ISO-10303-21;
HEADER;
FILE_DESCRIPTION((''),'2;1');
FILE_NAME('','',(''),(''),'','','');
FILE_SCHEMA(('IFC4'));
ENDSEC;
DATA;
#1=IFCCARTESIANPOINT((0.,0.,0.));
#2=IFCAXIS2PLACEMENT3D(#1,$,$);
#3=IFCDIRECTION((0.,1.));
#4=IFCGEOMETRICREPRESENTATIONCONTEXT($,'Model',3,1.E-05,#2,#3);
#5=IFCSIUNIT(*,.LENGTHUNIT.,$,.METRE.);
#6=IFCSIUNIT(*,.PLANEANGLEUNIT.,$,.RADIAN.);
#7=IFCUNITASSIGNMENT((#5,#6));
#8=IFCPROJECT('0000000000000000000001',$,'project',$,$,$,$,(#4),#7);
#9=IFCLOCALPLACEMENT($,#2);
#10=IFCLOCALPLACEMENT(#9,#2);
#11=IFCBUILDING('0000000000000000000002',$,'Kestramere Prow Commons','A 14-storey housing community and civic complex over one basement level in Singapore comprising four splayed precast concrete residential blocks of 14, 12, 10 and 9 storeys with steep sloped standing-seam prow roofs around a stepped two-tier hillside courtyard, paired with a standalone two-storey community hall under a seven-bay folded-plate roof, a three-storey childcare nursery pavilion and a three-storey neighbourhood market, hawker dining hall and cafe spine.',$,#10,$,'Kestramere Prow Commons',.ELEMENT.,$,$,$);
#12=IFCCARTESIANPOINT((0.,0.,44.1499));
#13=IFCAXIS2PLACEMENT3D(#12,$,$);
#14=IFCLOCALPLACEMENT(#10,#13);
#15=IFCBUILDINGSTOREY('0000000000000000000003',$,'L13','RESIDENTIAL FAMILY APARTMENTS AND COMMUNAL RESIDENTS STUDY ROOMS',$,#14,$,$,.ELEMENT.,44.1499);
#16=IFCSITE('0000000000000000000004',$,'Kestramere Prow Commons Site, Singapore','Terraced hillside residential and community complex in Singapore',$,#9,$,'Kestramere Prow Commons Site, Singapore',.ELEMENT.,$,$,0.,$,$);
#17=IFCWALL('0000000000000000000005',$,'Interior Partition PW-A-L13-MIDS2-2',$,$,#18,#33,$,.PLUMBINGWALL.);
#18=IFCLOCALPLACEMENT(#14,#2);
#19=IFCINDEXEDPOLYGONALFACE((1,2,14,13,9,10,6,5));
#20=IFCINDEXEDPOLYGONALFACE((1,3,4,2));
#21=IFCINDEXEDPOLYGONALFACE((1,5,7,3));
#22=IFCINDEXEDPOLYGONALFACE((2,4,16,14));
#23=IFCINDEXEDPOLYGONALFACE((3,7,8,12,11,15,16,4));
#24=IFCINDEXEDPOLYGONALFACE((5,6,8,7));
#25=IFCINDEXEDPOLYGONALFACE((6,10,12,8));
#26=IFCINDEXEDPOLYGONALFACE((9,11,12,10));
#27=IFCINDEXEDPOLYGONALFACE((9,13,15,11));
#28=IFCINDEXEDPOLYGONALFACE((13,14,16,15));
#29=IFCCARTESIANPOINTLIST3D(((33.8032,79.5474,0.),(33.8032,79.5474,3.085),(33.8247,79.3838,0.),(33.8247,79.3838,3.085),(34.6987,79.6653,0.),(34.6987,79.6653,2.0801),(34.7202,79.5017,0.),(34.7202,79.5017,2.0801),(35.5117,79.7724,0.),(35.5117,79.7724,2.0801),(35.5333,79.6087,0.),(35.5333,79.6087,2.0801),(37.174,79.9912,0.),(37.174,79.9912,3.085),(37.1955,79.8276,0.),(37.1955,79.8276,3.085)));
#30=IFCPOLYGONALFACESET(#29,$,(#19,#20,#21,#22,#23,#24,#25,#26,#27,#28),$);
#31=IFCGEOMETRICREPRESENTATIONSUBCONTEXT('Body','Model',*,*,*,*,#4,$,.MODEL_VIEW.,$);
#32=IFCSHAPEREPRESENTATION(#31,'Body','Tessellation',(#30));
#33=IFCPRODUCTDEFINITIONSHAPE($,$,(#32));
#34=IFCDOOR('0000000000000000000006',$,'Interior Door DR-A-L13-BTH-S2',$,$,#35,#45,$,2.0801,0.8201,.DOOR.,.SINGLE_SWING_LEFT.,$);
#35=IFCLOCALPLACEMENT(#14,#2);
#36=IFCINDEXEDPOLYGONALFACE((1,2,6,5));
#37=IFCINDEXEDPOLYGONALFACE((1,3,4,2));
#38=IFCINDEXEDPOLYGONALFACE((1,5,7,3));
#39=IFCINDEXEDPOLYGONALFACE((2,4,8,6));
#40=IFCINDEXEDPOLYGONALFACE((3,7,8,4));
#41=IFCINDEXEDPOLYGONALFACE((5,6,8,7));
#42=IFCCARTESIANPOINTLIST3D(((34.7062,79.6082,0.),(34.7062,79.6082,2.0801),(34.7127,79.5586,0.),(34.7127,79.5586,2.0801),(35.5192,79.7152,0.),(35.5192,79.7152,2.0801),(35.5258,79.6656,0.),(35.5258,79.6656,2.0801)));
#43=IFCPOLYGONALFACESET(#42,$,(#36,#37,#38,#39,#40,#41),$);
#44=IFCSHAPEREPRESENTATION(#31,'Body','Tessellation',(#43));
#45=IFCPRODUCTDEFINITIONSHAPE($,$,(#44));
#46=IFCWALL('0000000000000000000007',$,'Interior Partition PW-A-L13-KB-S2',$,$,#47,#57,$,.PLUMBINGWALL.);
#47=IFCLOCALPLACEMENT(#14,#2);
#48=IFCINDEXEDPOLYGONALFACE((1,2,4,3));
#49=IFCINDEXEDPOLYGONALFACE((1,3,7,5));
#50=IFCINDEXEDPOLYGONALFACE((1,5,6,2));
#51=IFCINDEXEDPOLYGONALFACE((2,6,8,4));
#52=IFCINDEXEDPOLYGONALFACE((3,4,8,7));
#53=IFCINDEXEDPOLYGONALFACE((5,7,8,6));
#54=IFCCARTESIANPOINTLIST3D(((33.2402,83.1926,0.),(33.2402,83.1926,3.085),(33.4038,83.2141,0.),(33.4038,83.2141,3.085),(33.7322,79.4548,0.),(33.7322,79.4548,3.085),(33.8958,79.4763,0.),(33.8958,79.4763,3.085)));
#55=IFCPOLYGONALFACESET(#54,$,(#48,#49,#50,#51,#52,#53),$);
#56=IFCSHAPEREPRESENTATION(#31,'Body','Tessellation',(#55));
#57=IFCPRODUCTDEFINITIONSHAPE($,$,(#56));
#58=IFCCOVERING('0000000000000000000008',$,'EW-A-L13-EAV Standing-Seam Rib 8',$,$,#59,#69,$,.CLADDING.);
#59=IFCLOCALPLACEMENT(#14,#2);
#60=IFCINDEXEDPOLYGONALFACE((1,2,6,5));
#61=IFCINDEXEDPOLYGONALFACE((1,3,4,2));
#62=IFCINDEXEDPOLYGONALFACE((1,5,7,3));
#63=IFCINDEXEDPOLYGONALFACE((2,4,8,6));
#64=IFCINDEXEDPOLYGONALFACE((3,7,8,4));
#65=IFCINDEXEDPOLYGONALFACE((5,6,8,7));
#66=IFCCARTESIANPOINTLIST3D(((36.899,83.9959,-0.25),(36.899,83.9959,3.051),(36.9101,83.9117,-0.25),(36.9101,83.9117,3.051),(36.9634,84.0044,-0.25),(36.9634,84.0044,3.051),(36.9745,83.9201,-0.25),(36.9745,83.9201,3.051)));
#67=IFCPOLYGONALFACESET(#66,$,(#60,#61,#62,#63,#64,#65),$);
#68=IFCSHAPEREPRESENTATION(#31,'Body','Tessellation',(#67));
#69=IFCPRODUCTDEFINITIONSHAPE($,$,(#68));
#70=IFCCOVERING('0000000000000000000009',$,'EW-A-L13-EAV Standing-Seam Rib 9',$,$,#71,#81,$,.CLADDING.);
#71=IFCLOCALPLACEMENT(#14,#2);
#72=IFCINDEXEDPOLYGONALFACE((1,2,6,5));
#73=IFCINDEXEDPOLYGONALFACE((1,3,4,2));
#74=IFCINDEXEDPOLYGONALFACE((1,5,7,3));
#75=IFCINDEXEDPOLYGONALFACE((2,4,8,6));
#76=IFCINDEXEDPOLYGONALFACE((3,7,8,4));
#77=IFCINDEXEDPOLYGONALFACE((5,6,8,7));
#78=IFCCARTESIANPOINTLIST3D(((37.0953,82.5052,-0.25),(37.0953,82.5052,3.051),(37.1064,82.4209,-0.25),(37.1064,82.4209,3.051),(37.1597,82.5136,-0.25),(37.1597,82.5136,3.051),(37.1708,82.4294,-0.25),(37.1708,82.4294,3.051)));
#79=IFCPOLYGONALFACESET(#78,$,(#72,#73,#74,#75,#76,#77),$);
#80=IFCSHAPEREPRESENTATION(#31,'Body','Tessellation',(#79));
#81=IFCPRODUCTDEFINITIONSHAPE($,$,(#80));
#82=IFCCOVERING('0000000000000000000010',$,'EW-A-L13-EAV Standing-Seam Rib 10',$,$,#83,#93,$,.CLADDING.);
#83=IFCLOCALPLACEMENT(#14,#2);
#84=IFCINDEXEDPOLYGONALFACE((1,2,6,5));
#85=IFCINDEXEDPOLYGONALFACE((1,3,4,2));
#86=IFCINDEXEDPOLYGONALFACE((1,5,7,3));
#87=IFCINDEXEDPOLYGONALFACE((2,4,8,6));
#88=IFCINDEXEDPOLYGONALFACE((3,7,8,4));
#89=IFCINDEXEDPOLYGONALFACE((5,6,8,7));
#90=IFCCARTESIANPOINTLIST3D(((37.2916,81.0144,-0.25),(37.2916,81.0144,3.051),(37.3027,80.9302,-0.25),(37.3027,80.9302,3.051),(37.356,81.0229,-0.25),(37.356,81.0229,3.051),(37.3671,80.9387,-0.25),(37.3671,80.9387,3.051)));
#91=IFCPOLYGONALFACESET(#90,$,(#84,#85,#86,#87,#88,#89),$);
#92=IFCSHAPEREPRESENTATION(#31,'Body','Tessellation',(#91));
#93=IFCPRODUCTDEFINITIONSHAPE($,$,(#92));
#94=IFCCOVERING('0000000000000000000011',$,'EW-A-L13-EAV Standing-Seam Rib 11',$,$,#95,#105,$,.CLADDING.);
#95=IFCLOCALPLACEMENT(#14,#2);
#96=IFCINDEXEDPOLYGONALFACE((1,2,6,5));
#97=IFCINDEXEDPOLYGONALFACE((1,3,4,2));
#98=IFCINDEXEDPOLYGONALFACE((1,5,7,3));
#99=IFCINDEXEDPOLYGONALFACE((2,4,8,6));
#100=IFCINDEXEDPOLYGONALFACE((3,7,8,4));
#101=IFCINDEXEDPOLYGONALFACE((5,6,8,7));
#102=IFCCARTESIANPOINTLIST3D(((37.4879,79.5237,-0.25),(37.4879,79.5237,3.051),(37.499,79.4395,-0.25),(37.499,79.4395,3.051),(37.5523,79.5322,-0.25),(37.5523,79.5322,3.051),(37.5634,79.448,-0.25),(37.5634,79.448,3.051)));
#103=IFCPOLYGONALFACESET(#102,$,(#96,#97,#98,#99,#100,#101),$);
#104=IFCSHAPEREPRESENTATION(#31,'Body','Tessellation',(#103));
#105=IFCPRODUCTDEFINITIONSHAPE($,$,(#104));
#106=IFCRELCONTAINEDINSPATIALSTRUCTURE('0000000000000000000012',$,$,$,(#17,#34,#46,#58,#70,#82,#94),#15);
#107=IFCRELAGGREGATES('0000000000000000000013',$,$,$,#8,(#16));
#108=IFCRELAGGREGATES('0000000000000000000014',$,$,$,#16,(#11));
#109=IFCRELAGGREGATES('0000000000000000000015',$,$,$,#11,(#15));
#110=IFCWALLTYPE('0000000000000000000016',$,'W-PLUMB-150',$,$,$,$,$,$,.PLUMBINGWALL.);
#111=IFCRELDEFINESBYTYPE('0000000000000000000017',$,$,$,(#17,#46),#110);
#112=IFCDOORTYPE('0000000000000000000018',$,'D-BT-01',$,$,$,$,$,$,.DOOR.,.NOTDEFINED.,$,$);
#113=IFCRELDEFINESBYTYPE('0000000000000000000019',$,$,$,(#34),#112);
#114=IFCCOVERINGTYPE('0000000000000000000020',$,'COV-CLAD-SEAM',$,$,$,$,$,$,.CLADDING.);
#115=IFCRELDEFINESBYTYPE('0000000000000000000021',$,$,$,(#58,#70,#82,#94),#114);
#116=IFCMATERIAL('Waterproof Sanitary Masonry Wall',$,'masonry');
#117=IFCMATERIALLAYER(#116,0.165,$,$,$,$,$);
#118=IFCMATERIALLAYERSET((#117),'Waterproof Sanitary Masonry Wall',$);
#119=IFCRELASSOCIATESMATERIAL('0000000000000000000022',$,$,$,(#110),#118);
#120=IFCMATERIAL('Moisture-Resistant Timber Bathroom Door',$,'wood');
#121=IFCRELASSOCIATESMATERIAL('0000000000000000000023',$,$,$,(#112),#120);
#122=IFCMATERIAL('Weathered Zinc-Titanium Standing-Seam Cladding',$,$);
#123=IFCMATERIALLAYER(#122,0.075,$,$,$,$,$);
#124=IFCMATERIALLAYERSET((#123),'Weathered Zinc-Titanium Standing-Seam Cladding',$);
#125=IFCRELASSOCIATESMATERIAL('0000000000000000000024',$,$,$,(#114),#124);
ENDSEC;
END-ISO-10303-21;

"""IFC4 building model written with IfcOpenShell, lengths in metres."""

from ifc_helpers import new_model, si_unit, direction, frame, frame_2d, origin, origin_2d, place, context, subcontext, project, spatial, rectangle, extrude, material, layer, layer_set, type_object, element, fill, save


model = new_model("IFC4")

# Units and contexts
model_context = context("Model", 3, precision=1e-05, world=origin(), true_north=direction((0.0, 1.0)))
body_context = subcontext(model_context, "Body", "Model", "MODEL_VIEW")
ifc_project = project(units=[si_unit("LENGTHUNIT", "METRE"), si_unit("PLANEANGLEUNIT", "RADIAN")], contexts=[model_context])

# Site, building, storey
site_placement = place(None, origin())
site = spatial("IfcSite", under=ifc_project, at=site_placement, Name="Kestramere Prow Commons Site, Singapore", Description="Terraced hillside residential and community complex in Singapore", LongName="Kestramere Prow Commons Site, Singapore", CompositionType="ELEMENT", RefElevation=0.0)
building_placement = place(site_placement, origin())
building = spatial("IfcBuilding", under=site, at=building_placement, Name="Kestramere Prow Commons", Description="A 14-storey housing community and civic complex over one basement level in Singapore comprising four splayed precast concrete residential blocks of 14, 12, 10 and 9 storeys with steep sloped standing-seam prow roofs around a stepped two-tier hillside courtyard, paired with a standalone two-storey community hall under a seven-bay folded-plate roof, a three-storey childcare nursery pavilion and a three-storey neighbourhood market, hawker dining hall and cafe spine.", LongName="Kestramere Prow Commons", CompositionType="ELEMENT")
storey_placement = place(building_placement, frame((0.0, 0.0, 44.1499)))
storey = spatial("IfcBuildingStorey", under=building, at=storey_placement, Name="L13", Description="RESIDENTIAL FAMILY APARTMENTS AND COMMUNAL RESIDENTS STUDY ROOMS", CompositionType="ELEMENT", Elevation=44.1499)

# Wall, opening, door
ifc_material_1 = material(Name="Waterproof Sanitary Masonry Wall", Category="masonry")
ifc_layer_1 = layer(ifc_material_1, 0.165)
ifc_layer_set_1 = layer_set([ifc_layer_1], Name="Waterproof Sanitary Masonry Wall")
wall_type_1 = type_object("IfcWallType", Name="W-PLUMB-150", PredefinedType="PLUMBINGWALL", material=ifc_layer_set_1)
wall_1_placement = place(storey_placement, frame((33.814, 79.4656, 0.0), z_axis=(0.0, 0.0, 1.0), x_axis=(0.991442, 0.130546, 0.0)))
wall_1 = element("IfcWall", 1, at=wall_1_placement, inside=storey, type_object=wall_type_1, Name="Interior Partition PW-A-L13-MIDS2-2", PredefinedType="PLUMBINGWALL", context=body_context, shape_type="SweptSolid", body=[
    extrude(rectangle(XDim=3.3999, YDim=0.165, at=frame_2d((1.7, 0.0))), origin(), (0.0, 0.0, 1.0), 3.085),
])
opening_1_placement = place(wall_1_placement, frame((0.9031, 0.0, 0.0)))
opening_1 = element("IfcOpeningElement", 2, at=opening_1_placement, cuts=wall_1, PredefinedType="OPENING", context=body_context, shape_type="SweptSolid", body=[
    extrude(rectangle(XDim=0.8201, YDim=2.0801, at=frame_2d((0.4102, 1.04))), frame((0.0, 0.0974, 0.0), z_axis=(0.0, -1.0, 0.0), x_axis=(1.0, 0.0, 0.0)), (0.0, 0.0, 1.0), 0.1951),
])
ifc_material_2 = material(Name="Moisture-Resistant Timber Bathroom Door", Category="wood")
door_type_1 = type_object("IfcDoorType", Name="D-BT-01", OperationType="NOTDEFINED", PredefinedType="DOOR", material=ifc_material_2)
door_1_placement = place(opening_1_placement, origin())
door_1 = element("IfcDoor", 3, at=door_1_placement, inside=storey, type_object=door_type_1, Name="Interior Door DR-A-L13-BTH-S2", OperationType="SINGLE_SWING_LEFT", OverallHeight=2.0801, OverallWidth=0.8201, PredefinedType="DOOR", context=body_context, shape_type="SweptSolid", body=[
    extrude(rectangle(XDim=0.8201, YDim=2.0801, at=frame_2d((0.4102, 1.04))), frame((0.0, 0.0249, 0.0), z_axis=(0.0, -1.0, 0.0), x_axis=(1.0, 0.0, 0.0)), (0.0, 0.0, 1.0), 0.05),
])
fill(opening_1, door_1)

# Wall
wall_2_placement = place(storey_placement, frame((33.814, 79.4656, 0.0), z_axis=(0.0, 0.0, 1.0), x_axis=(-0.130488, 0.99145, 0.0)))
element("IfcWall", 4, at=wall_2_placement, inside=storey, type_object=wall_type_1, Name="Interior Partition PW-A-L13-KB-S2", PredefinedType="PLUMBINGWALL", context=body_context, shape_type="SweptSolid", body=[
    extrude(rectangle(XDim=3.77, YDim=0.165, at=frame_2d((1.885, 0.0))), origin(), (0.0, 0.0, 1.0), 3.085),
])

# Coverings
ifc_material_3 = material(Name="Weathered Zinc-Titanium Standing-Seam Cladding")
ifc_layer_2 = layer(ifc_material_3, 0.075)
ifc_layer_set_2 = layer_set([ifc_layer_2], Name="Weathered Zinc-Titanium Standing-Seam Cladding")
covering_type = type_object("IfcCoveringType", Name="COV-CLAD-SEAM", PredefinedType="CLADDING", material=ifc_layer_set_2)
for number, where, z_axis, x_axis, name in (
    (5, (36.9368, 83.958, -0.25), (0.0, 0.0, 1.0), (0.130526, -0.991445, 0.0), "EW-A-L13-EAV Standing-Seam Rib 8"),
    (6, (37.1331, 82.4673, -0.25), (0.0, 0.0, 1.0), (0.130526, -0.991445, 0.0), "EW-A-L13-EAV Standing-Seam Rib 9"),
    (7, (37.3293, 80.9766, -0.25), (0.0, 0.0, 1.0), (0.130526, -0.991445, 0.0), "EW-A-L13-EAV Standing-Seam Rib 10"),
    (8, (37.5256, 79.4858, -0.25), (0.0, 0.0, 1.0), (0.130526, -0.991445, 0.0), "EW-A-L13-EAV Standing-Seam Rib 11"),
):
    element("IfcCovering", number, at=place(storey_placement, frame(where, z_axis=z_axis, x_axis=x_axis)), inside=storey, type_object=covering_type, Name=name, PredefinedType="CLADDING", context=body_context, shape_type="SweptSolid", body=[
        extrude(rectangle(XDim=0.085, YDim=0.0649, at=origin_2d()), origin(), (0.0, 0.0, 1.0), 3.301),
    ])

save(model, "model.ifc")
